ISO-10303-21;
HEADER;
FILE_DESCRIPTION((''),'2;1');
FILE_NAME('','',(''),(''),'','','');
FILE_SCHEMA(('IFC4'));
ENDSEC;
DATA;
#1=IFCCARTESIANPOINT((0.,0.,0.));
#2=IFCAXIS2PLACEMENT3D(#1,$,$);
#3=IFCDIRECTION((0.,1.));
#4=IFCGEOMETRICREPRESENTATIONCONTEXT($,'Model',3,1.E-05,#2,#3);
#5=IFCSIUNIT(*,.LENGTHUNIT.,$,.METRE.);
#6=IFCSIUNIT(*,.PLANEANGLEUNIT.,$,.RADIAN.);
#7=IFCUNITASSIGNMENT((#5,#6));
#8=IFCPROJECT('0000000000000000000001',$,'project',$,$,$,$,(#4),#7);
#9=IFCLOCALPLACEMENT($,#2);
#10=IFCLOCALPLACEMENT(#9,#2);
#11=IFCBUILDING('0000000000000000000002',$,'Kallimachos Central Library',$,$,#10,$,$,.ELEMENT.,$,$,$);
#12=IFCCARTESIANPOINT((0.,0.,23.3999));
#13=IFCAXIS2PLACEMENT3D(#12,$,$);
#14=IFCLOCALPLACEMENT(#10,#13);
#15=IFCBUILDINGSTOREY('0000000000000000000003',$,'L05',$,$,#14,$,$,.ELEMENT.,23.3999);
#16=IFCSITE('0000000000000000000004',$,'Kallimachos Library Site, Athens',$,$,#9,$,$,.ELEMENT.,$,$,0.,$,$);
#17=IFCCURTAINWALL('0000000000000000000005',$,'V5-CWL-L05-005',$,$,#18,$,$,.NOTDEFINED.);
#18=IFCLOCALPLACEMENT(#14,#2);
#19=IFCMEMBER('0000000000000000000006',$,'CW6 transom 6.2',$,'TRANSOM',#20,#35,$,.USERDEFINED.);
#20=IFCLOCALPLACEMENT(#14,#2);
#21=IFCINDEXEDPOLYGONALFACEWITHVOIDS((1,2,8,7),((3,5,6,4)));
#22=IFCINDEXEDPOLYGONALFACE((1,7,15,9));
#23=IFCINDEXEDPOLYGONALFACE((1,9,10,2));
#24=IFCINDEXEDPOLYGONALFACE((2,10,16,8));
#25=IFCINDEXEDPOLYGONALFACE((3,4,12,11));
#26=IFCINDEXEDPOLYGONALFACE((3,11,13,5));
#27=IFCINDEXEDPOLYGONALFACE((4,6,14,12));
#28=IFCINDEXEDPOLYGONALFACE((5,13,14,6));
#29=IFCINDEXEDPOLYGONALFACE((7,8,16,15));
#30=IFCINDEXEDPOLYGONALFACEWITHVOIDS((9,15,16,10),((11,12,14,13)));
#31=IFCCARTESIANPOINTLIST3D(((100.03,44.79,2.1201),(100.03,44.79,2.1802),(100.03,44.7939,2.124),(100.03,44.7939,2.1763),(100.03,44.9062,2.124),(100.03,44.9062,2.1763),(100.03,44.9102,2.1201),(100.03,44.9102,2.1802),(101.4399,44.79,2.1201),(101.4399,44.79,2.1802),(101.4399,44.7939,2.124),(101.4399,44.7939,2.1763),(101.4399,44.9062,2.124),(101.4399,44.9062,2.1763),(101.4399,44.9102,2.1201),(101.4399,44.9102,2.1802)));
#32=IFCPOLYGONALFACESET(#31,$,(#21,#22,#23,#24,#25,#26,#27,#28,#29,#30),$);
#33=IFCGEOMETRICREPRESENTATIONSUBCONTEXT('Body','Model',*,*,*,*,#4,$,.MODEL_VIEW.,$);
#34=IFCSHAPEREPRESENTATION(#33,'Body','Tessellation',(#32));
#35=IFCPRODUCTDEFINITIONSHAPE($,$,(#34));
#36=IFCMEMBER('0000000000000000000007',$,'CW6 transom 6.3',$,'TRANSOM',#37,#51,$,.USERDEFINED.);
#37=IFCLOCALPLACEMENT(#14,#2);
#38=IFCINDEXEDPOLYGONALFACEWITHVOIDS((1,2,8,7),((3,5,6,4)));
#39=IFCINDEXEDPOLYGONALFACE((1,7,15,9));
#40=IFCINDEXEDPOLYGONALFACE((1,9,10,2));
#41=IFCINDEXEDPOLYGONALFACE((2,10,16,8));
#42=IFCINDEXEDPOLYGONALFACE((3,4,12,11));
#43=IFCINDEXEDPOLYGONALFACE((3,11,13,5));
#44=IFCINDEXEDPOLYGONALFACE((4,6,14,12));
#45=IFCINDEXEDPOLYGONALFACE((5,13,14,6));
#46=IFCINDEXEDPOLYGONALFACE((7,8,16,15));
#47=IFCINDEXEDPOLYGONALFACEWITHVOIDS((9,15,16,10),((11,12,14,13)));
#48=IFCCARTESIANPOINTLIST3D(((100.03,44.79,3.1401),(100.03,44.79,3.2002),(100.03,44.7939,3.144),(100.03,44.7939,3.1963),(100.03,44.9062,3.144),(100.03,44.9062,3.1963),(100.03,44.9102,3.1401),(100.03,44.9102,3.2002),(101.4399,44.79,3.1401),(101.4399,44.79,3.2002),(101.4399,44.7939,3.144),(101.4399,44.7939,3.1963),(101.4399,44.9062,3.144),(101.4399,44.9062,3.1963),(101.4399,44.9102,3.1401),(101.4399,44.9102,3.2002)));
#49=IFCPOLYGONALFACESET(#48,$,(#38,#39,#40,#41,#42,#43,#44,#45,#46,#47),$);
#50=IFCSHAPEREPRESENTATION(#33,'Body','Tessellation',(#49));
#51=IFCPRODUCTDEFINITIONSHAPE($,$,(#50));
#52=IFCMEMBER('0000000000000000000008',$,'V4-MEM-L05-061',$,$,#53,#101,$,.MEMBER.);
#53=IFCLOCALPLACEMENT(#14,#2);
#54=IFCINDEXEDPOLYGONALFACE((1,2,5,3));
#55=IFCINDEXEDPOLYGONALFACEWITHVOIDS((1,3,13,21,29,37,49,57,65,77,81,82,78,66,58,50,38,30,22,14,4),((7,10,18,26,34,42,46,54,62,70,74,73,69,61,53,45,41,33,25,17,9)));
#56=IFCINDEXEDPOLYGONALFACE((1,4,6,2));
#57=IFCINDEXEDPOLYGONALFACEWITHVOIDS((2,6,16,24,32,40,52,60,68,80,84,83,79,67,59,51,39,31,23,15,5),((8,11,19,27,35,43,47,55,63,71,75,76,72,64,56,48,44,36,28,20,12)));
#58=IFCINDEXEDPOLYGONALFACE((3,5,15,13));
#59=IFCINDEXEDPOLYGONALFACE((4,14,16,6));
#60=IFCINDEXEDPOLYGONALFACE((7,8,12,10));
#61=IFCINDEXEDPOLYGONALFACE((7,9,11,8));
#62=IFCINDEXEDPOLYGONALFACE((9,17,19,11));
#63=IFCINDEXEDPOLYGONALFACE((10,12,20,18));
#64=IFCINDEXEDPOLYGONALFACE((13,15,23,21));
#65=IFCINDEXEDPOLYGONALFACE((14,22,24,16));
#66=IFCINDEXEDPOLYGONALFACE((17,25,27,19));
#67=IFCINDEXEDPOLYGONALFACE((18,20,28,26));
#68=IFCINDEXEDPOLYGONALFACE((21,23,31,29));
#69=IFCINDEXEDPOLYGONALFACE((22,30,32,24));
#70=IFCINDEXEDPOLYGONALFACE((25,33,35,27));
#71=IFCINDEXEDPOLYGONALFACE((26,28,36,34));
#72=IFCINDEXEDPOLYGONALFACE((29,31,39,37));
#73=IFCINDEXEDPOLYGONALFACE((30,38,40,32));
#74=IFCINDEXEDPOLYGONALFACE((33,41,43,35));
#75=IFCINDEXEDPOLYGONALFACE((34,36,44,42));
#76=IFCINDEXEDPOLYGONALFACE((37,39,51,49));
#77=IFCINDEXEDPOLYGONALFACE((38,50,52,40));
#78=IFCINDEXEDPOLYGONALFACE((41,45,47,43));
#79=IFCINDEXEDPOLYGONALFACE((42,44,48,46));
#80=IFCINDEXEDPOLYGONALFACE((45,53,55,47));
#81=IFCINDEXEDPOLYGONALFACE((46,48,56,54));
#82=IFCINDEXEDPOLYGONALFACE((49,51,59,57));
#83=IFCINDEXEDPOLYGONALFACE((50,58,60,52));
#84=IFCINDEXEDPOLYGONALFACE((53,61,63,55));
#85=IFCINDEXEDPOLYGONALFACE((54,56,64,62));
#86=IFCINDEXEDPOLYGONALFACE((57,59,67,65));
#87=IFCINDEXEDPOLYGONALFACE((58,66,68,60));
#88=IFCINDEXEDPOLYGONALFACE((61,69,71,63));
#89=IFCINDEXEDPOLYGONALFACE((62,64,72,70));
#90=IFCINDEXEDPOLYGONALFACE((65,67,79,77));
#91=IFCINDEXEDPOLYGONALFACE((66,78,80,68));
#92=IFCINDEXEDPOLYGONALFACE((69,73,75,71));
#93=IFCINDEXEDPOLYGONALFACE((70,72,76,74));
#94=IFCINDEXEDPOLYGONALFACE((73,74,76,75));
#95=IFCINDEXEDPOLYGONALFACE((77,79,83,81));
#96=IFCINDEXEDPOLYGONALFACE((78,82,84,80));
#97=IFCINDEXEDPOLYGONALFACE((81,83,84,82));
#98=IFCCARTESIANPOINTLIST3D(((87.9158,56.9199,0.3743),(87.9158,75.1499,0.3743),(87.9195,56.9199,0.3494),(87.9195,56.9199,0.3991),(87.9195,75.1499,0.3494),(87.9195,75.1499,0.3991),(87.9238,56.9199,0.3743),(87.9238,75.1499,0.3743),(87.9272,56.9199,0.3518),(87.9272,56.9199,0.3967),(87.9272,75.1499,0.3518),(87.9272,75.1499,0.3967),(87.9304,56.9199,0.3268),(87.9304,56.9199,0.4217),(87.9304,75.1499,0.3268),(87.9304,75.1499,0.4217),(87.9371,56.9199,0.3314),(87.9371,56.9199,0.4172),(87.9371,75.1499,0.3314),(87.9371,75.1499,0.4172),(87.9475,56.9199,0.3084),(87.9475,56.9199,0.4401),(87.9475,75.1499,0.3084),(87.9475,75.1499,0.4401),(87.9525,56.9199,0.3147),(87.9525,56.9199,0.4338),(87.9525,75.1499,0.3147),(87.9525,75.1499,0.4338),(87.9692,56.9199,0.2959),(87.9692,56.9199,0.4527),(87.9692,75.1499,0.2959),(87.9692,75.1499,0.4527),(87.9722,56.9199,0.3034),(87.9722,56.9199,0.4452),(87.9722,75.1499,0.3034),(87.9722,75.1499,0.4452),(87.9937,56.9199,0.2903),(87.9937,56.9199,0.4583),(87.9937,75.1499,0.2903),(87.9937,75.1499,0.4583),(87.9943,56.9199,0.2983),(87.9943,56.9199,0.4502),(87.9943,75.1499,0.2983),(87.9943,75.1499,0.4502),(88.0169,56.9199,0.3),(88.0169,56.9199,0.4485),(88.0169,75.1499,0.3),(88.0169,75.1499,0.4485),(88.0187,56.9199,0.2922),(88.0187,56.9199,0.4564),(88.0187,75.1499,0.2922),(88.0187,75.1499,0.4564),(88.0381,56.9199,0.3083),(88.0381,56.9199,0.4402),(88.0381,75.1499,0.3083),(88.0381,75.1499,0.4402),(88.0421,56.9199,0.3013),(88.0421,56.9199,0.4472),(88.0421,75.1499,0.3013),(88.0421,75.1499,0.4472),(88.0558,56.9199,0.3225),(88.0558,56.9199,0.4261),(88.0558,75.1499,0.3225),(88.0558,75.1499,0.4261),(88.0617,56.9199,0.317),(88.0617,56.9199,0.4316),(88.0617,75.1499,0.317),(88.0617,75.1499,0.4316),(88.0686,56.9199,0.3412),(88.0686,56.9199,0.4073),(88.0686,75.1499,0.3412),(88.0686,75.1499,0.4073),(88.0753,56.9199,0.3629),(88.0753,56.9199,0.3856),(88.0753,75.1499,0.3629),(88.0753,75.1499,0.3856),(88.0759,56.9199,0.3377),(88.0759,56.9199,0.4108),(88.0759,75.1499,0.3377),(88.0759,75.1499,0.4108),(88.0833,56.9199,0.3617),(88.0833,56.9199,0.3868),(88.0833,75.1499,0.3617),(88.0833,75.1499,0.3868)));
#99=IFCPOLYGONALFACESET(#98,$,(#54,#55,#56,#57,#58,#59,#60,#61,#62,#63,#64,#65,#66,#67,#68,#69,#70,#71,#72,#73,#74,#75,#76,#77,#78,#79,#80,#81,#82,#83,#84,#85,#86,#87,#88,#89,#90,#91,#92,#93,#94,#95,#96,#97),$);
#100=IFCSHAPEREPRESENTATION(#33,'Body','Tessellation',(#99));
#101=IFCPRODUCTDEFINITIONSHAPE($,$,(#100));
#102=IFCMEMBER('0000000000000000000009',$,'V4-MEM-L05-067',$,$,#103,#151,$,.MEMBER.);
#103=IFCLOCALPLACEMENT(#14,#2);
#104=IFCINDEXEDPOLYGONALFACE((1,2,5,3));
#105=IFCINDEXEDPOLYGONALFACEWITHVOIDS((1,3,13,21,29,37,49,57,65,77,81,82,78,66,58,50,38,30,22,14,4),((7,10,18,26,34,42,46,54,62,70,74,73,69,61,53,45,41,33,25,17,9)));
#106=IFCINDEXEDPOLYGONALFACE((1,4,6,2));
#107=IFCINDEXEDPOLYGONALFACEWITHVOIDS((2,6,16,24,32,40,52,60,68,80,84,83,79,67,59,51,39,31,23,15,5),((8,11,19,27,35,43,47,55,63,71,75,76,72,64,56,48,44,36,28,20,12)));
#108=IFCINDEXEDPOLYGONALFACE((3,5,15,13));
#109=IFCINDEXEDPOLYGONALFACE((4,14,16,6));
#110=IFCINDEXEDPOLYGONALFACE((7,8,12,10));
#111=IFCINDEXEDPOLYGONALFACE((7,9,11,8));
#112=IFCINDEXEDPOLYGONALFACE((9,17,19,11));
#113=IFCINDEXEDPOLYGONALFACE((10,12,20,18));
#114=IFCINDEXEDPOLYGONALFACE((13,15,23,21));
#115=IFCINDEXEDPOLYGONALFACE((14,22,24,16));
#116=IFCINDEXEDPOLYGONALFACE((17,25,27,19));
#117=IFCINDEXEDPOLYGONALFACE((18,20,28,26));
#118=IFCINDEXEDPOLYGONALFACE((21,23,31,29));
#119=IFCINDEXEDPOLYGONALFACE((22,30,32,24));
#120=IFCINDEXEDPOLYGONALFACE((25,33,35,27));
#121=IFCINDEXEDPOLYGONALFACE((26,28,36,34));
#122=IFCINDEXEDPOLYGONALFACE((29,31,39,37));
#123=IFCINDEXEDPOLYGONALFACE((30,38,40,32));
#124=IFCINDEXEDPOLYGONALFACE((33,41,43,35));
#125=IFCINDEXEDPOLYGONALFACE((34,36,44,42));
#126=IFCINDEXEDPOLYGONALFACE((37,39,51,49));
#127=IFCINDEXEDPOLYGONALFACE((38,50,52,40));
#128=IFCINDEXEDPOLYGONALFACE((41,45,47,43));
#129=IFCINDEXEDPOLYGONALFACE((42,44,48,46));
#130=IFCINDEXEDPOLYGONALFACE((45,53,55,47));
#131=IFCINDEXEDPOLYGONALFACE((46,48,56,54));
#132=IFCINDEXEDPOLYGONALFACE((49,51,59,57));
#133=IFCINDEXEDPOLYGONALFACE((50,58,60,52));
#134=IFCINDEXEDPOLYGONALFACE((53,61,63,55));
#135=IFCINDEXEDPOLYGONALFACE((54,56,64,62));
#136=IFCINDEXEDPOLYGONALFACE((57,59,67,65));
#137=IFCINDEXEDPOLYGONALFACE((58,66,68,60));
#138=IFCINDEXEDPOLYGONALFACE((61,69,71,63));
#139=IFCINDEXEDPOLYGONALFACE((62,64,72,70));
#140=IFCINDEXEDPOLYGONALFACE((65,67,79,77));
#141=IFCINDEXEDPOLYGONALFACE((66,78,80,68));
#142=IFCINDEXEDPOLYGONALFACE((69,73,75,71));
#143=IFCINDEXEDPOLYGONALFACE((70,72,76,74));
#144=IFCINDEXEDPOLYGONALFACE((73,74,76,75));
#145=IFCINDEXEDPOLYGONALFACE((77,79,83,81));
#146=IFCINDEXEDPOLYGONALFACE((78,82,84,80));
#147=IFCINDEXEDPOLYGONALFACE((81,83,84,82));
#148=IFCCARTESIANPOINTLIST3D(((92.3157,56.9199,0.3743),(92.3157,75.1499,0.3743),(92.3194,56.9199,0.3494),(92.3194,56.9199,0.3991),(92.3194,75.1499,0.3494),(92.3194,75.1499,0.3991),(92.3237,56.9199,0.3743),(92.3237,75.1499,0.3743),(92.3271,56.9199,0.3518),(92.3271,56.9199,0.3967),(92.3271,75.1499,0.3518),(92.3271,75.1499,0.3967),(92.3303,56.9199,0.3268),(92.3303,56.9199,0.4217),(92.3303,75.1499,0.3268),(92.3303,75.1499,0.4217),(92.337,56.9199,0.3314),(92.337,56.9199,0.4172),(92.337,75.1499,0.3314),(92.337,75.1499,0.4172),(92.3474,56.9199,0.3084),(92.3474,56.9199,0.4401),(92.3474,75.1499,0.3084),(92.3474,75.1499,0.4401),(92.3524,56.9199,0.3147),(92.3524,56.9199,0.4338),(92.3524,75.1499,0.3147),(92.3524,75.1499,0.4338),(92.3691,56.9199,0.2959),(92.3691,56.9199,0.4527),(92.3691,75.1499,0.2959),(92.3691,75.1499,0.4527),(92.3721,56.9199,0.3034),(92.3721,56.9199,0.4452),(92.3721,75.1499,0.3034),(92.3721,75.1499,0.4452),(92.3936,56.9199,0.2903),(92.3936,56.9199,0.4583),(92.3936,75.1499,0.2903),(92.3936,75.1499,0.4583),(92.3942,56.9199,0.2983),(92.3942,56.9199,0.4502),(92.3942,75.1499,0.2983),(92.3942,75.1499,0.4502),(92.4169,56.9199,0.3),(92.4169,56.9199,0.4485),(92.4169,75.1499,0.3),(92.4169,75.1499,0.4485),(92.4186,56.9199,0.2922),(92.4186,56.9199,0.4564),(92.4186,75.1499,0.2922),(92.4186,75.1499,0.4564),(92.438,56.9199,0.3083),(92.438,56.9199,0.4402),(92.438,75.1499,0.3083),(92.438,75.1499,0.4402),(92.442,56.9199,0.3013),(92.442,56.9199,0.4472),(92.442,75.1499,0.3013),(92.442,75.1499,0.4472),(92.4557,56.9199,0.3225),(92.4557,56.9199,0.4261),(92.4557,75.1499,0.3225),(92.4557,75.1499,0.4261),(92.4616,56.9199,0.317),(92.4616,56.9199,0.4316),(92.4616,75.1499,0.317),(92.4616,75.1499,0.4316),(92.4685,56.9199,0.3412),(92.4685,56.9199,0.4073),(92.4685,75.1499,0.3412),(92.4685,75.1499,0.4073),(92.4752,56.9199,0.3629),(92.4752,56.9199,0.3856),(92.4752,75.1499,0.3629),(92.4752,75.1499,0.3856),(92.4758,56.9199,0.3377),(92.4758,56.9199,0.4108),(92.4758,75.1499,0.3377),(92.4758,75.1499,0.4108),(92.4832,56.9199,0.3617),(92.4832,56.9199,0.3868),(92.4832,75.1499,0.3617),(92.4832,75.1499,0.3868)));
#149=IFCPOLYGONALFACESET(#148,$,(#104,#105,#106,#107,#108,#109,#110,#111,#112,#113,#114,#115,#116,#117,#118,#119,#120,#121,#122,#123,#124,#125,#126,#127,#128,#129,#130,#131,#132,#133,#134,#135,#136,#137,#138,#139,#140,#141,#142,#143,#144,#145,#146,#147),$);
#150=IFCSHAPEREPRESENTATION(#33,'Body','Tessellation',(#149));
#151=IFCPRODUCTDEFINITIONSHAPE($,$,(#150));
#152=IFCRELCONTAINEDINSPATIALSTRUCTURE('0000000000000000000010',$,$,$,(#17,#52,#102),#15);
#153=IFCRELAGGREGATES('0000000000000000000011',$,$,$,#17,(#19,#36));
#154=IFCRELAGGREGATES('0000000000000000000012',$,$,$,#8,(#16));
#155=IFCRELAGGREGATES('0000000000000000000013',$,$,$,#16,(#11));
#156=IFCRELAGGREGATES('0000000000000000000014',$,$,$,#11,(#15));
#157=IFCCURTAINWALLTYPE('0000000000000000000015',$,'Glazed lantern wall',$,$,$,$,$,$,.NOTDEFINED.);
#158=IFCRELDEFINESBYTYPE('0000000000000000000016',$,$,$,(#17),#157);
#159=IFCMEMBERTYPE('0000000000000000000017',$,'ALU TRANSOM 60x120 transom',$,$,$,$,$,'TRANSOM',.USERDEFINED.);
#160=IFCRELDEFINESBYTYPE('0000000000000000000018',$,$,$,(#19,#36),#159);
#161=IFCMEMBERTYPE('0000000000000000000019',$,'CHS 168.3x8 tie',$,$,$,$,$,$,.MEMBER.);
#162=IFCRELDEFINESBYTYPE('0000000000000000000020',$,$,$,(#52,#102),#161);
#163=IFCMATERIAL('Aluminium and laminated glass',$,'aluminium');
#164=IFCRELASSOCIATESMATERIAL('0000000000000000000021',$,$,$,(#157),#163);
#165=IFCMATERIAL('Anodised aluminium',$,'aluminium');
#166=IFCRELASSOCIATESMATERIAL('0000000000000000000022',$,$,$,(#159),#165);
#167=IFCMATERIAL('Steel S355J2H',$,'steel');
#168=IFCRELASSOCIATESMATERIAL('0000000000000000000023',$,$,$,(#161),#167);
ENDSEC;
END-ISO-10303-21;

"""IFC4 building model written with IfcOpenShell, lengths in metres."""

from ifc_helpers import new_model, si_unit, direction, frame, origin, origin_2d, place, context, subcontext, project, spatial, hollow_rectangle, hollow_circle, extrude, material, material_profile, profile_set, type_object, element, aggregate, save


model = new_model("IFC4")

# Units and contexts
model_context = context("Model", 3, precision=1e-05, world=origin(), true_north=direction((0.0, 1.0)))
body_context = subcontext(model_context, "Body", "Model", "MODEL_VIEW")
ifc_project = project(units=[si_unit("LENGTHUNIT", "METRE"), si_unit("PLANEANGLEUNIT", "RADIAN")], contexts=[model_context])

# Site, building, storey
site_placement = place(None, origin())
site = spatial("IfcSite", under=ifc_project, at=site_placement, Name="Kallimachos Library Site, Athens", CompositionType="ELEMENT", RefElevation=0.0)
building_placement = place(site_placement, origin())
building = spatial("IfcBuilding", under=site, at=building_placement, Name="Kallimachos Central Library", CompositionType="ELEMENT")
storey_placement = place(building_placement, frame((0.0, 0.0, 23.3999)))
storey = spatial("IfcBuildingStorey", under=building, at=storey_placement, Name="L05", CompositionType="ELEMENT", Elevation=23.3999)

# Curtain wall, members
ifc_material_1 = material(Name="Aluminium and laminated glass", Category="aluminium")
curtain_wall_type = type_object("IfcCurtainWallType", Name="Glazed lantern wall", PredefinedType="NOTDEFINED", material=ifc_material_1)
curtain_wall_placement = place(storey_placement, origin())
curtain_wall = element("IfcCurtainWall", 1, at=curtain_wall_placement, inside=storey, type_object=curtain_wall_type, Name="V5-CWL-L05-005", PredefinedType="NOTDEFINED")
ifc_material_2 = material(Name="Anodised aluminium", Category="aluminium")
ifc_material_profile_1 = material_profile(ifc_material_2, hollow_rectangle(XDim=0.0601, YDim=0.1201, WallThickness=0.0039, at=origin_2d()), Name="ALU TRANSOM 60x120")
ifc_profile_set_1 = profile_set([ifc_material_profile_1], Name="Anodised aluminium")
member_type_1 = type_object("IfcMemberType", Name="ALU TRANSOM 60x120 transom", ElementType="TRANSOM", PredefinedType="USERDEFINED", material=ifc_profile_set_1)
member_1_placement = place(storey_placement, frame((100.03, 44.8501, 2.1501), z_axis=(1.0, 0.0, 0.0), x_axis=(0.0, 0.0, 1.0)))
member_1 = element("IfcMember", 2, at=member_1_placement, type_object=member_type_1, Name="CW6 transom 6.2", ObjectType="TRANSOM", PredefinedType="USERDEFINED", context=body_context, shape_type="SweptSolid", body=[
    extrude(hollow_rectangle(XDim=0.0601, YDim=0.1201, WallThickness=0.0039, at=origin_2d()), origin(), (0.0, 0.0, 1.0), 1.4099),
])
member_2_placement = place(storey_placement, frame((100.03, 44.8501, 3.1702), z_axis=(1.0, 0.0, 0.0), x_axis=(0.0, 0.0, 1.0)))
member_2 = element("IfcMember", 3, at=member_2_placement, type_object=member_type_1, Name="CW6 transom 6.3", ObjectType="TRANSOM", PredefinedType="USERDEFINED", context=body_context, shape_type="SweptSolid", body=[
    extrude(hollow_rectangle(XDim=0.0601, YDim=0.1201, WallThickness=0.0039, at=origin_2d()), origin(), (0.0, 0.0, 1.0), 1.4099),
])

# Members
ifc_material_3 = material(Name="Steel S355J2H", Category="steel")
ifc_material_profile_2 = material_profile(ifc_material_3, hollow_circle(Radius=0.0842, WallThickness=0.0081, at=origin_2d()), Name="CHS 168.3x8")
ifc_profile_set_2 = profile_set([ifc_material_profile_2], Name="Steel S355J2H")
member_type_2 = type_object("IfcMemberType", Name="CHS 168.3x8 tie", PredefinedType="MEMBER", material=ifc_profile_set_2)
for number, where, z_axis, x_axis, name in (
    (4, (88.0, 56.9199, 0.3743), (0.0, 1.0, 0.0), (-1.0, 0.0, 0.0), "V4-MEM-L05-061"),
    (5, (92.3999, 56.9199, 0.3743), (0.0, 1.0, 0.0), (-1.0, 0.0, 0.0), "V4-MEM-L05-067"),
):
    element("IfcMember", number, at=place(storey_placement, frame(where, z_axis=z_axis, x_axis=x_axis)), inside=storey, type_object=member_type_2, Name=name, PredefinedType="MEMBER", context=body_context, shape_type="SweptSolid", body=[
        extrude(hollow_circle(Radius=0.0842, WallThickness=0.0081, at=origin_2d()), origin(), (0.0, 0.0, 1.0), 18.23),
    ])

aggregate(curtain_wall, [member_1, member_2])

save(model, "model.ifc")
